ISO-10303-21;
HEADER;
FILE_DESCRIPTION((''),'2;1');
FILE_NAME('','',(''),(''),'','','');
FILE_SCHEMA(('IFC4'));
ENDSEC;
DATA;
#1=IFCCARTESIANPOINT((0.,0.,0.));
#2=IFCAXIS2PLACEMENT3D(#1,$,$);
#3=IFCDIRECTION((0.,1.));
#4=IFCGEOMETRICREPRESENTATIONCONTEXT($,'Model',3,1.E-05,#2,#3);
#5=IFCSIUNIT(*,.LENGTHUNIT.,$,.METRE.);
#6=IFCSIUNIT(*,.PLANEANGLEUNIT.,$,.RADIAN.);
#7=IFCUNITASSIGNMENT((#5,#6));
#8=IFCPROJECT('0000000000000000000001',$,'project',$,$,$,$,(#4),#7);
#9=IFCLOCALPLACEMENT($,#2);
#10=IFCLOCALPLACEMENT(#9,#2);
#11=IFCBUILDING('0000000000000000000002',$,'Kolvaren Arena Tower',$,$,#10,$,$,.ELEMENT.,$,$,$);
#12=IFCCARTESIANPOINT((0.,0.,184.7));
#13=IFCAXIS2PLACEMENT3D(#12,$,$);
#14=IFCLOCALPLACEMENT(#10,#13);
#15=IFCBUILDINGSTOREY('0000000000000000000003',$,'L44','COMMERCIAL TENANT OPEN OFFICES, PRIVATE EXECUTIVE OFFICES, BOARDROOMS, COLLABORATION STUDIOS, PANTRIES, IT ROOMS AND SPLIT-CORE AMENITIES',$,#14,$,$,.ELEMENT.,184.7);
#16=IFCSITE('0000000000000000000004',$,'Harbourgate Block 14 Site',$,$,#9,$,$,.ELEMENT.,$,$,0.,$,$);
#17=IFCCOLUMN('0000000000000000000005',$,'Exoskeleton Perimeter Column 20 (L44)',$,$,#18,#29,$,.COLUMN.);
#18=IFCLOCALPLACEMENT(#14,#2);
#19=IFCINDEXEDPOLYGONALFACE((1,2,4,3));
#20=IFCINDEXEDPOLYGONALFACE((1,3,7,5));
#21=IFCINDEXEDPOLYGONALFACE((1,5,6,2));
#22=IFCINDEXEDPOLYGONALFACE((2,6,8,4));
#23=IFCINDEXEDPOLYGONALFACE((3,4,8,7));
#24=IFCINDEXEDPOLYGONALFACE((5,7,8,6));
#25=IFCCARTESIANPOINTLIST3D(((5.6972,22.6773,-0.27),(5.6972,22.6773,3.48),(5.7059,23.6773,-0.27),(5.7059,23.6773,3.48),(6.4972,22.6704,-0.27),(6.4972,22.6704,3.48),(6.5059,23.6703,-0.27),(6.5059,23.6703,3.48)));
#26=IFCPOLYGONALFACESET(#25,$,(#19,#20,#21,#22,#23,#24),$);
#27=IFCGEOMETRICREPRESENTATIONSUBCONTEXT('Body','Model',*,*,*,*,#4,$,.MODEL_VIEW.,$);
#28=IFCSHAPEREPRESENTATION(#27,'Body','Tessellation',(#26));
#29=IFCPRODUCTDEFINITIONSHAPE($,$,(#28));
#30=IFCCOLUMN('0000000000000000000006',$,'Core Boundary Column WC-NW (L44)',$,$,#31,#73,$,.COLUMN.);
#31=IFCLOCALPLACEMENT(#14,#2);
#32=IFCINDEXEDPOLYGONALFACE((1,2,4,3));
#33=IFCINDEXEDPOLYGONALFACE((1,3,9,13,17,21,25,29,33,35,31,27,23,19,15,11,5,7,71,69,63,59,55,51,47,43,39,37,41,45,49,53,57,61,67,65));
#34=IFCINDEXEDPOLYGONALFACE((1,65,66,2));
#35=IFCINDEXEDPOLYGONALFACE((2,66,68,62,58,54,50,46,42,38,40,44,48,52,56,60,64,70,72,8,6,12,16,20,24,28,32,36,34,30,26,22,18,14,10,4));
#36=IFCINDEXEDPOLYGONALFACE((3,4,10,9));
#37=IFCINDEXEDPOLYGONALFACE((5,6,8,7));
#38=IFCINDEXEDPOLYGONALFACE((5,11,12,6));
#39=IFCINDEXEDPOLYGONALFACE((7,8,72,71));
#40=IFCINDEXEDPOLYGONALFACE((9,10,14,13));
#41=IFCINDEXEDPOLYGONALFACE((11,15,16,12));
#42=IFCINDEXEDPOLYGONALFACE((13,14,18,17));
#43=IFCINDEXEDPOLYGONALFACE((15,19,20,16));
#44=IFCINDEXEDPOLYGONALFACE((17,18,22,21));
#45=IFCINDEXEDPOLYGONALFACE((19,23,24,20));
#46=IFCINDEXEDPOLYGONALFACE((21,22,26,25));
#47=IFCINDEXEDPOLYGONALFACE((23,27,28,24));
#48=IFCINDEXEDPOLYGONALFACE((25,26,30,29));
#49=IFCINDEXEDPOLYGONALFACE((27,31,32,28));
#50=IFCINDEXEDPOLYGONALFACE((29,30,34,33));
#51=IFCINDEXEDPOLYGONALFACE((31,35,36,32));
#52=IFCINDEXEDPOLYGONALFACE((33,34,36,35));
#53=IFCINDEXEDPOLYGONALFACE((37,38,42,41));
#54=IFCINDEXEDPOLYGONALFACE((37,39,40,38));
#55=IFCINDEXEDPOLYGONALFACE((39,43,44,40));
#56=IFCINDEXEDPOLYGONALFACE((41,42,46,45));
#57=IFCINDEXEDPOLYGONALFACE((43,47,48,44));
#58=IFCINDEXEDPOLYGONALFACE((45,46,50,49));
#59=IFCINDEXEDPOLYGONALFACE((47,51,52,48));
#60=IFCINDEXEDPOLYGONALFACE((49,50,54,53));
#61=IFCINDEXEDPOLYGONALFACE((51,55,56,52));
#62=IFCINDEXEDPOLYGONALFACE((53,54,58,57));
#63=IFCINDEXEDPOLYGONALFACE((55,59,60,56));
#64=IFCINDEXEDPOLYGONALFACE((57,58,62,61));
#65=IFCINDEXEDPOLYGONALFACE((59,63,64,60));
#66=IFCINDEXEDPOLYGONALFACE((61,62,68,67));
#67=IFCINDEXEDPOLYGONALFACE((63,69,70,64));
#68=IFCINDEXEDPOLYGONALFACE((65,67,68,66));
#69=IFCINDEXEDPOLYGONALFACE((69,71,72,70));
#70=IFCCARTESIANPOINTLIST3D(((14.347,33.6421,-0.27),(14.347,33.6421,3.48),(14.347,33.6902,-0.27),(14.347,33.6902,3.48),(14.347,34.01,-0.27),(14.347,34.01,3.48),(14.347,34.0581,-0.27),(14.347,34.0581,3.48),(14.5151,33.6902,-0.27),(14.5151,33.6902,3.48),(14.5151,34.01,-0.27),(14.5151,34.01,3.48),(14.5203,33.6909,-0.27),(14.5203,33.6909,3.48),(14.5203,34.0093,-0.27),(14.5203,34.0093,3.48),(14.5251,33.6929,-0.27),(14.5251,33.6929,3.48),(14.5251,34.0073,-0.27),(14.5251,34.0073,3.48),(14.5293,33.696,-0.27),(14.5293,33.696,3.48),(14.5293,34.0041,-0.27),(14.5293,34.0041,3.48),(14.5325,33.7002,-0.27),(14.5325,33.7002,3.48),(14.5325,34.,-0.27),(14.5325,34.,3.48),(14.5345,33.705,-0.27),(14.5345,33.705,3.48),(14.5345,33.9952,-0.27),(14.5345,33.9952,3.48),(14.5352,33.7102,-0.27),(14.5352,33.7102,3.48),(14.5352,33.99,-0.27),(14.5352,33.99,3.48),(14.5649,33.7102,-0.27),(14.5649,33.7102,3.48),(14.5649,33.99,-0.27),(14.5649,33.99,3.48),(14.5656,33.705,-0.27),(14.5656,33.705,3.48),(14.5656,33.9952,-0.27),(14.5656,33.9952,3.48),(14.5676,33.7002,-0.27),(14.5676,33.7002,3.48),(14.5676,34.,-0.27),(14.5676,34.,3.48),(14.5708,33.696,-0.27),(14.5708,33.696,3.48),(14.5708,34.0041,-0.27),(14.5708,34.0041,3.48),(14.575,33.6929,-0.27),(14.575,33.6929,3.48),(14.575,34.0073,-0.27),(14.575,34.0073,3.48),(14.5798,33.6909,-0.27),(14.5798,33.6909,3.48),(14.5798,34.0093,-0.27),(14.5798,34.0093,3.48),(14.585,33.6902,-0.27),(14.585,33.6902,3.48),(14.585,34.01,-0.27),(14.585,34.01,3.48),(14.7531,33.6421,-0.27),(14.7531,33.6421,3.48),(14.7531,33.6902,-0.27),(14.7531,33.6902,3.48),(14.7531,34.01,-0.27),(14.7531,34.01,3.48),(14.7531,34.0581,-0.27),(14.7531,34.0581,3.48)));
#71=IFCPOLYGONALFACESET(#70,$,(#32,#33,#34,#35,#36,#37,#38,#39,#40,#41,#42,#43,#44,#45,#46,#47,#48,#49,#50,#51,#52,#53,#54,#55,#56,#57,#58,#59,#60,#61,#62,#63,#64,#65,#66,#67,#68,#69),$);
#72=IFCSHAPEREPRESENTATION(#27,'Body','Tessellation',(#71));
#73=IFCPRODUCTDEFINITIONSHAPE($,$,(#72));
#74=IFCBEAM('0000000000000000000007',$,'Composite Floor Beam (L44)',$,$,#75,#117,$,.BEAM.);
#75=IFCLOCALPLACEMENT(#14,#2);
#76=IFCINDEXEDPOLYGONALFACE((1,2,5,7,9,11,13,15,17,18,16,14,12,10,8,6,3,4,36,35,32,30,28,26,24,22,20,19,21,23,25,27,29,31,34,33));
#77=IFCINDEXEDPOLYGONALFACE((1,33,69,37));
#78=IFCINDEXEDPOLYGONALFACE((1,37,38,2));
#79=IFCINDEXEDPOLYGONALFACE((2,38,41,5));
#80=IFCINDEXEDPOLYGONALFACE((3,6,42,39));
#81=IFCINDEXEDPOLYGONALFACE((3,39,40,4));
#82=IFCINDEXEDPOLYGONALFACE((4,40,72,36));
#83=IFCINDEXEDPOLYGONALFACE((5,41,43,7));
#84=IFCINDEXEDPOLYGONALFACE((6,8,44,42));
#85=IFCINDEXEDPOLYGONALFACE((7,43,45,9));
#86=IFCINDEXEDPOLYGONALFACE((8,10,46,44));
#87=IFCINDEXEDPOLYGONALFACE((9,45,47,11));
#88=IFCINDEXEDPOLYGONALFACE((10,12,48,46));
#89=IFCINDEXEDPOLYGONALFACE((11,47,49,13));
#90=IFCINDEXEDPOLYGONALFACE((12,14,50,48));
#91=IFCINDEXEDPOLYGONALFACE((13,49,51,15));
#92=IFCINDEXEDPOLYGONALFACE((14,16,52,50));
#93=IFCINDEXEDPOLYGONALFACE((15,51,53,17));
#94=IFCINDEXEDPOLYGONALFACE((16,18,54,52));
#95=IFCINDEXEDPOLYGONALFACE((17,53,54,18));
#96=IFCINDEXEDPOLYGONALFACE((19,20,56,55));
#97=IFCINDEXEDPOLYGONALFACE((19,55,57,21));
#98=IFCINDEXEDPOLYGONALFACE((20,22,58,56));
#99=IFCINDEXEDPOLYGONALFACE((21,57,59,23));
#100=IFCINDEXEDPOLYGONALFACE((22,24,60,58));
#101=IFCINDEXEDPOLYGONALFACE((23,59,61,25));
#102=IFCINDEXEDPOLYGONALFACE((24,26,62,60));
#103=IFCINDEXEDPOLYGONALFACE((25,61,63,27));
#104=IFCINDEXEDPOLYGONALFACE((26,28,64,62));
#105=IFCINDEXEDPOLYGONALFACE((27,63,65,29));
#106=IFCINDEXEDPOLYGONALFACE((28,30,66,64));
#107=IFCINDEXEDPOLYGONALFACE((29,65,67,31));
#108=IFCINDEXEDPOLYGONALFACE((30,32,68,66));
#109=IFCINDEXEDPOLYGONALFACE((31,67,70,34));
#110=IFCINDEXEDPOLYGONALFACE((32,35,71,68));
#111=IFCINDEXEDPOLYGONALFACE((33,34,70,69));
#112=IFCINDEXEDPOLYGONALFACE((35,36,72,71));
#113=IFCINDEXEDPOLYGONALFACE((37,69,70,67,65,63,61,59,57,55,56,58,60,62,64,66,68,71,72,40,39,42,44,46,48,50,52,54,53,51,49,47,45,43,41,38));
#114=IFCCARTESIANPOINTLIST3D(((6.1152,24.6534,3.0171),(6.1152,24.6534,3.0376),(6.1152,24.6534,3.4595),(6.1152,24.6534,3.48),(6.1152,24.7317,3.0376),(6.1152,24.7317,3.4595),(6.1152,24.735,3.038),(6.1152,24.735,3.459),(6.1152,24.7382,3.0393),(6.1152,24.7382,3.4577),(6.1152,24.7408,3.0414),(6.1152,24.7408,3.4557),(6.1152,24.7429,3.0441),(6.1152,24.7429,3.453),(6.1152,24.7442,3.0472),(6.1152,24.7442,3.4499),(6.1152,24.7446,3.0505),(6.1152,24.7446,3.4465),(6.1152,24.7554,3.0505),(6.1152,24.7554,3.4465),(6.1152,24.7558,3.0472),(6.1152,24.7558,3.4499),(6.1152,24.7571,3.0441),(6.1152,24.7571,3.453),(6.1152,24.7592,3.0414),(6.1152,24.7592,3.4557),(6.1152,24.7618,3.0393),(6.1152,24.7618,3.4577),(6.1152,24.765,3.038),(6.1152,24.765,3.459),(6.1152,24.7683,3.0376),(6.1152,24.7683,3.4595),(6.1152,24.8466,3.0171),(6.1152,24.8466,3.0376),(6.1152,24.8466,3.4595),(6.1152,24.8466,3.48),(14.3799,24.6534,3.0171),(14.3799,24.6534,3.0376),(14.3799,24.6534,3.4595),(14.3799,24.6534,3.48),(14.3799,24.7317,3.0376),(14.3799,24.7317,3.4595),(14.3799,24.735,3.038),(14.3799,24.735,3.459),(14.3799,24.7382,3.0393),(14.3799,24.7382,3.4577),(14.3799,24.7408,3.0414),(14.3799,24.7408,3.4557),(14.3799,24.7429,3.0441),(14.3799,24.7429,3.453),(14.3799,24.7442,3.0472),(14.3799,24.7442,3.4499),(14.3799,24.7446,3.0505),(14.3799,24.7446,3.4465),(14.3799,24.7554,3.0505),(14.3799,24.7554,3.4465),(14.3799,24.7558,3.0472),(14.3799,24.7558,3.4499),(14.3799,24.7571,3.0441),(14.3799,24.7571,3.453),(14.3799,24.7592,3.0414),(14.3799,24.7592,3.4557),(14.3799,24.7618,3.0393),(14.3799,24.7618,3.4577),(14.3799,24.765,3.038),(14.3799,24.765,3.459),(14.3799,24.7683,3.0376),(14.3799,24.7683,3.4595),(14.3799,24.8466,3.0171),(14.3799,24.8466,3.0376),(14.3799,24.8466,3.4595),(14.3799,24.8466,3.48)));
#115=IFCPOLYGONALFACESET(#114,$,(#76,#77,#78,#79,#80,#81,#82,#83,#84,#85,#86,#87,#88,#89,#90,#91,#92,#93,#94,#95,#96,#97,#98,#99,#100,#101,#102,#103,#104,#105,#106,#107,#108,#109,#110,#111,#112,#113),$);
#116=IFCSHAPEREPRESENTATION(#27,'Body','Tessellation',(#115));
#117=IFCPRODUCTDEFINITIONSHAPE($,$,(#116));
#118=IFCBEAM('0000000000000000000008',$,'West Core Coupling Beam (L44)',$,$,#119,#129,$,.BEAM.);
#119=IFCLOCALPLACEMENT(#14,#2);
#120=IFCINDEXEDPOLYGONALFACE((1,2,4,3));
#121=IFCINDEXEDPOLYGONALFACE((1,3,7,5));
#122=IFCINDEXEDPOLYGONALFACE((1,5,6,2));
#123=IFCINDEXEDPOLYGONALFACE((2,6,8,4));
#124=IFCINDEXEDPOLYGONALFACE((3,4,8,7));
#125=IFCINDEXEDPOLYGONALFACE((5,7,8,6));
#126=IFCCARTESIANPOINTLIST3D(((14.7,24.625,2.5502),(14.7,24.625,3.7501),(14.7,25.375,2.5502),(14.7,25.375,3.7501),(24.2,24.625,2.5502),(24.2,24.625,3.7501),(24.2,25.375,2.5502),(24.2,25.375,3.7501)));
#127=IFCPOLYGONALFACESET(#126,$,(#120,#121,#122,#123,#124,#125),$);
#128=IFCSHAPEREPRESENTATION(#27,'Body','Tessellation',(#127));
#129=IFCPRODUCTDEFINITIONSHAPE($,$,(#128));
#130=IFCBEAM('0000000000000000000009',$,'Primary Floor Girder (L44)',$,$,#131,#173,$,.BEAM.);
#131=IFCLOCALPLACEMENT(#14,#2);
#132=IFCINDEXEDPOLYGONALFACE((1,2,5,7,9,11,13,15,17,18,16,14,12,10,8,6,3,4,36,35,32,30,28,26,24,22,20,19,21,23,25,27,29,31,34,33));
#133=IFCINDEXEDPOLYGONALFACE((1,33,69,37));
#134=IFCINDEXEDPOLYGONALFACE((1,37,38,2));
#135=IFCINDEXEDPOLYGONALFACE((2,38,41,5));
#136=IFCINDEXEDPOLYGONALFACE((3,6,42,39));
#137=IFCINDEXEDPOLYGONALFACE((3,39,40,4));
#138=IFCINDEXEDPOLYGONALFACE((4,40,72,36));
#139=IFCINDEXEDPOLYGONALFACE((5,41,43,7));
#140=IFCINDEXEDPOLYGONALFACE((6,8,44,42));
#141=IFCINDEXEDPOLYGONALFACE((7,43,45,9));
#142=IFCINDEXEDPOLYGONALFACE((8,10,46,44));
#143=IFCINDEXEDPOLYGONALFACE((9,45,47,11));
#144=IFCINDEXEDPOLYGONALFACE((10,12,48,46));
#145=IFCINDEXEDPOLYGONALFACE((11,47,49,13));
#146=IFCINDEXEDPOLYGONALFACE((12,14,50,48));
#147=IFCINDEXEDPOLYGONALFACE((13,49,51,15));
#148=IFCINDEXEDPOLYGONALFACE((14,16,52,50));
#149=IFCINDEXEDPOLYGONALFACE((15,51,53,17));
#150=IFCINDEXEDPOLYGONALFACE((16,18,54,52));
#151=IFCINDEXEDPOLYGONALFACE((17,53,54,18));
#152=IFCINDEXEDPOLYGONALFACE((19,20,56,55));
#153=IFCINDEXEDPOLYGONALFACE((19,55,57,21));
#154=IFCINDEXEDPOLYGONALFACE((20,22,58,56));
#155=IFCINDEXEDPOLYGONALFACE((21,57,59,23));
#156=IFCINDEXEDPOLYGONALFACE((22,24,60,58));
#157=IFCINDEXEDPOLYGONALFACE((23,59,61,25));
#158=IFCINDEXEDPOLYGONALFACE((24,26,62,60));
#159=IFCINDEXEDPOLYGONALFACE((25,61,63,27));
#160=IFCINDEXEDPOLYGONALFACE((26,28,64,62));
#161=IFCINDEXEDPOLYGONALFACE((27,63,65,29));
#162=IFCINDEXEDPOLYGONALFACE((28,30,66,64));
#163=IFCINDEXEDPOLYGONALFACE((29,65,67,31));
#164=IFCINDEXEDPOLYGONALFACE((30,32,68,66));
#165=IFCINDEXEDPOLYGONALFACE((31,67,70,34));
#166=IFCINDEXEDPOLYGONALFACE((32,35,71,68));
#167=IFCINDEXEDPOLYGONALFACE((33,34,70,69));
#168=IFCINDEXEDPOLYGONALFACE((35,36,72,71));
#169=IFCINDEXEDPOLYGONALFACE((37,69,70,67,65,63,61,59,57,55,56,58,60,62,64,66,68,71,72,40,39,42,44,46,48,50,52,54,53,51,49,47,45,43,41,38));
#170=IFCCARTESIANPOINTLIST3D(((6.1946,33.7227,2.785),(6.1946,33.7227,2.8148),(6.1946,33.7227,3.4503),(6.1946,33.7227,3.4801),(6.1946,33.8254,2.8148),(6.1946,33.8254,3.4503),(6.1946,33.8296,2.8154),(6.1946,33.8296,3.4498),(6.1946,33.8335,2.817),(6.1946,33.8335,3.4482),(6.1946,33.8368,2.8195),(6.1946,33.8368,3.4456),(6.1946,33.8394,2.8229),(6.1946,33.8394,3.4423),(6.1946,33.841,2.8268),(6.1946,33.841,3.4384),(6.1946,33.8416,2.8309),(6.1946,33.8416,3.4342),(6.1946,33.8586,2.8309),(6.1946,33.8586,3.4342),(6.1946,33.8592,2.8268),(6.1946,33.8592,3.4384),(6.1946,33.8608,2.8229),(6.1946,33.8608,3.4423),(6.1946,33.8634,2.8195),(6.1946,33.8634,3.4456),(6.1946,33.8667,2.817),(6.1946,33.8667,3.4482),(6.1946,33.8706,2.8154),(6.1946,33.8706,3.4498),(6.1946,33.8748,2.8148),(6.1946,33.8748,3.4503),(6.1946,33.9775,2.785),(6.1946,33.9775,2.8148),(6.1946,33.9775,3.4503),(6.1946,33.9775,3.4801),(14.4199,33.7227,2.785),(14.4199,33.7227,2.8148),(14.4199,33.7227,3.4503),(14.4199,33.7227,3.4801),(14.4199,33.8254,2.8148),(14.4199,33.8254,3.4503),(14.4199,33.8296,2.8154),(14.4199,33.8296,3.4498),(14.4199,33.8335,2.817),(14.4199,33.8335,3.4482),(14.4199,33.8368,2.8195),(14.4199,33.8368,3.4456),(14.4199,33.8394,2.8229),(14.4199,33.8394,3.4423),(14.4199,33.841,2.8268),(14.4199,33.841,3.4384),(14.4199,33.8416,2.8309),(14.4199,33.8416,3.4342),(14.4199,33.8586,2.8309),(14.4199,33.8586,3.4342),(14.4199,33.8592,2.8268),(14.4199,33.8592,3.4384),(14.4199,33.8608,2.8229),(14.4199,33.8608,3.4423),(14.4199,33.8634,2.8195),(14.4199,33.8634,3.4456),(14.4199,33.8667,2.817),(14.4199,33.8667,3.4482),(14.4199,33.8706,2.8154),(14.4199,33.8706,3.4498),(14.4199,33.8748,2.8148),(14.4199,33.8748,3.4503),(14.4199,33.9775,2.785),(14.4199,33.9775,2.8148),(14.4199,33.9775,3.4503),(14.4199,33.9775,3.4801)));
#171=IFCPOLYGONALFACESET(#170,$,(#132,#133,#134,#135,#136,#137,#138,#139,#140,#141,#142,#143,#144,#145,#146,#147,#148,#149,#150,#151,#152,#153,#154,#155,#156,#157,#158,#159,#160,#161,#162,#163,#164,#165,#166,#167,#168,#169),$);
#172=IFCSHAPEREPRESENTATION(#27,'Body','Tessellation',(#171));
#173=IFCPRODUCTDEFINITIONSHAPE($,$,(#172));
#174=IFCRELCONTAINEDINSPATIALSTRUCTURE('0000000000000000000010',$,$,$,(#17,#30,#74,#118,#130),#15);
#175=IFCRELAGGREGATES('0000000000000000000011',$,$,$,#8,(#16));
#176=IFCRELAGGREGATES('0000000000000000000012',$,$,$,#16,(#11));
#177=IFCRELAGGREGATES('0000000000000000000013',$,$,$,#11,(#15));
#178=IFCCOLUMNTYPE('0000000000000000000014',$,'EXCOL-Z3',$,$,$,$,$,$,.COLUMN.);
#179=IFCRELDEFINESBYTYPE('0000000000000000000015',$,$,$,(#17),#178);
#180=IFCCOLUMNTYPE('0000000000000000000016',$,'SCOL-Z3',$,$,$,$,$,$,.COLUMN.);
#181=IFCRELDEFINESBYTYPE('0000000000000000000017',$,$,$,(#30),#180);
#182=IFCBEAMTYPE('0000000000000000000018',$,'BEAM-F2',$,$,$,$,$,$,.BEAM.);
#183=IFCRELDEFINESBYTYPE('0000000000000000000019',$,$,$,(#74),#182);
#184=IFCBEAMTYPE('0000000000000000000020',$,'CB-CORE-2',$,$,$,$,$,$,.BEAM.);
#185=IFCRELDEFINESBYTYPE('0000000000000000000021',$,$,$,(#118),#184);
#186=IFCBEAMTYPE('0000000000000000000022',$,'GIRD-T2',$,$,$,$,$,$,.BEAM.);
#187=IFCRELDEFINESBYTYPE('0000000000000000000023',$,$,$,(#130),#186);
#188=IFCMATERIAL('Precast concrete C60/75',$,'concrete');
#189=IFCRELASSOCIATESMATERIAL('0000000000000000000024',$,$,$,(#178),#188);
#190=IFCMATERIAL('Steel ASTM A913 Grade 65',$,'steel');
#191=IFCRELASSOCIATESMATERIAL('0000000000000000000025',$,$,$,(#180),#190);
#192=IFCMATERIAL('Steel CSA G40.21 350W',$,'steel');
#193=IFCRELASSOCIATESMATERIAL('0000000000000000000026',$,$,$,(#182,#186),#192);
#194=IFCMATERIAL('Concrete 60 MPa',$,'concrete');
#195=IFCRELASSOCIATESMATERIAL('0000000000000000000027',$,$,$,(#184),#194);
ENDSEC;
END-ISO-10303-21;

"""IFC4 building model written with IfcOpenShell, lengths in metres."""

from ifc_helpers import new_model, si_unit, direction, frame, origin, origin_2d, place, context, subcontext, project, spatial, rectangle, i_section, extrude, material, material_profile, profile_set, type_object, element, save


model = new_model("IFC4")

# Units and contexts
model_context = context("Model", 3, precision=1e-05, world=origin(), true_north=direction((0.0, 1.0)))
body_context = subcontext(model_context, "Body", "Model", "MODEL_VIEW")
ifc_project = project(units=[si_unit("LENGTHUNIT", "METRE"), si_unit("PLANEANGLEUNIT", "RADIAN")], contexts=[model_context])

# Site, building, storey
site_placement = place(None, origin())
site = spatial("IfcSite", under=ifc_project, at=site_placement, Name="Harbourgate Block 14 Site", CompositionType="ELEMENT", RefElevation=0.0)
building_placement = place(site_placement, origin())
building = spatial("IfcBuilding", under=site, at=building_placement, Name="Kolvaren Arena Tower", CompositionType="ELEMENT")
storey_placement = place(building_placement, frame((0.0, 0.0, 184.7)))
storey = spatial("IfcBuildingStorey", under=building, at=storey_placement, Name="L44", Description="COMMERCIAL TENANT OPEN OFFICES, PRIVATE EXECUTIVE OFFICES, BOARDROOMS, COLLABORATION STUDIOS, PANTRIES, IT ROOMS AND SPLIT-CORE AMENITIES", CompositionType="ELEMENT", Elevation=184.7)

# Columns
ifc_material_1 = material(Name="Precast concrete C60/75", Category="concrete")
ifc_material_profile_1 = material_profile(ifc_material_1, rectangle(XDim=1.0, YDim=0.8, at=origin_2d()), Name="RC-1000x800")
ifc_profile_set_1 = profile_set([ifc_material_profile_1], Name="Precast concrete C60/75")
column_type_1 = type_object("IfcColumnType", Name="EXCOL-Z3", PredefinedType="COLUMN", material=ifc_profile_set_1)
column_1_placement = place(storey_placement, frame((6.1016, 23.1738, -0.27), z_axis=(0.0, 0.0, 1.0), x_axis=(0.008727, 0.999962, 0.0)))
element("IfcColumn", 1, at=column_1_placement, inside=storey, type_object=column_type_1, Name="Exoskeleton Perimeter Column 20 (L44)", PredefinedType="COLUMN", context=body_context, shape_type="SweptSolid", body=[
    extrude(rectangle(XDim=1.0, YDim=0.8, at=origin_2d()), origin(), (0.0, 0.0, 1.0), 3.75),
])
ifc_material_2 = material(Name="Steel ASTM A913 Grade 65", Category="steel")
ifc_material_profile_2 = material_profile(ifc_material_2, i_section(OverallWidth=0.406, OverallDepth=0.416, WebThickness=0.0298, FlangeThickness=0.0481, FilletRadius=0.02, at=origin_2d()), Name="W360x382")
ifc_profile_set_2 = profile_set([ifc_material_profile_2], Name="Steel ASTM A913 Grade 65")
column_type_2 = type_object("IfcColumnType", Name="SCOL-Z3", PredefinedType="COLUMN", material=ifc_profile_set_2)
column_2_placement = place(storey_placement, frame((14.55, 33.8501, -0.27), z_axis=(0.0, 0.0, 1.0), x_axis=(1.0, 0.0, 0.0)))
element("IfcColumn", 2, at=column_2_placement, inside=storey, type_object=column_type_2, Name="Core Boundary Column WC-NW (L44)", PredefinedType="COLUMN", context=body_context, shape_type="SweptSolid", body=[
    extrude(i_section(OverallWidth=0.406, OverallDepth=0.416, WebThickness=0.0298, FlangeThickness=0.0481, FilletRadius=0.02, at=origin_2d()), origin(), (0.0, 0.0, 1.0), 3.75),
])

# Beams
ifc_material_3 = material(Name="Steel CSA G40.21 350W", Category="steel")
ifc_material_profile_3 = material_profile(ifc_material_3, i_section(OverallWidth=0.1931, OverallDepth=0.4629, WebThickness=0.0107, FlangeThickness=0.0205, FilletRadius=0.0129, at=origin_2d()), Name="W460x113")
ifc_profile_set_3 = profile_set([ifc_material_profile_3], Name="Steel CSA G40.21 350W")
beam_type_1 = type_object("IfcBeamType", Name="BEAM-F2", PredefinedType="BEAM", material=ifc_profile_set_3)
beam_1_placement = place(storey_placement, frame((6.1152, 24.75, 3.2485), z_axis=(1.0, 0.0, 0.0), x_axis=(0.0, 1.0, 0.0)))
element("IfcBeam", 3, at=beam_1_placement, inside=storey, type_object=beam_type_1, Name="Composite Floor Beam (L44)", PredefinedType="BEAM", context=body_context, shape_type="SweptSolid", body=[
    extrude(i_section(OverallWidth=0.1931, OverallDepth=0.4629, WebThickness=0.0107, FlangeThickness=0.0205, FilletRadius=0.0129, at=origin_2d()), origin(), (0.0, 0.0, 1.0), 8.2646),
])
ifc_material_4 = material(Name="Concrete 60 MPa", Category="concrete")
ifc_material_profile_4 = material_profile(ifc_material_4, rectangle(XDim=0.75, YDim=1.2, at=origin_2d()), Name="RC-750x1200")
ifc_profile_set_4 = profile_set([ifc_material_profile_4], Name="Concrete 60 MPa")
beam_type_2 = type_object("IfcBeamType", Name="CB-CORE-2", PredefinedType="BEAM", material=ifc_profile_set_4)
beam_2_placement = place(storey_placement, frame((14.7, 25.0, 3.1501), z_axis=(1.0, 0.0, 0.0), x_axis=(0.0, 1.0, 0.0)))
element("IfcBeam", 4, at=beam_2_placement, inside=storey, type_object=beam_type_2, Name="West Core Coupling Beam (L44)", PredefinedType="BEAM", context=body_context, shape_type="SweptSolid", body=[
    extrude(rectangle(XDim=0.75, YDim=1.2, at=origin_2d()), origin(), (0.0, 0.0, 1.0), 9.5),
])
ifc_material_profile_5 = material_profile(ifc_material_3, i_section(OverallWidth=0.2549, OverallDepth=0.6951, WebThickness=0.0171, FlangeThickness=0.0298, FilletRadius=0.0161, at=origin_2d()), Name="W690x217")
ifc_profile_set_5 = profile_set([ifc_material_profile_5], Name="Steel CSA G40.21 350W")
beam_type_3 = type_object("IfcBeamType", Name="GIRD-T2", PredefinedType="BEAM", material=ifc_profile_set_5)
beam_3_placement = place(storey_placement, frame((6.1946, 33.8501, 3.1326), z_axis=(1.0, 0.0, 0.0), x_axis=(0.0, 1.0, 0.0)))
element("IfcBeam", 5, at=beam_3_placement, inside=storey, type_object=beam_type_3, Name="Primary Floor Girder (L44)", PredefinedType="BEAM", context=body_context, shape_type="SweptSolid", body=[
    extrude(i_section(OverallWidth=0.2549, OverallDepth=0.6951, WebThickness=0.0171, FlangeThickness=0.0298, FilletRadius=0.0161, at=origin_2d()), origin(), (0.0, 0.0, 1.0), 8.2253),
])

save(model, "model.ifc")
